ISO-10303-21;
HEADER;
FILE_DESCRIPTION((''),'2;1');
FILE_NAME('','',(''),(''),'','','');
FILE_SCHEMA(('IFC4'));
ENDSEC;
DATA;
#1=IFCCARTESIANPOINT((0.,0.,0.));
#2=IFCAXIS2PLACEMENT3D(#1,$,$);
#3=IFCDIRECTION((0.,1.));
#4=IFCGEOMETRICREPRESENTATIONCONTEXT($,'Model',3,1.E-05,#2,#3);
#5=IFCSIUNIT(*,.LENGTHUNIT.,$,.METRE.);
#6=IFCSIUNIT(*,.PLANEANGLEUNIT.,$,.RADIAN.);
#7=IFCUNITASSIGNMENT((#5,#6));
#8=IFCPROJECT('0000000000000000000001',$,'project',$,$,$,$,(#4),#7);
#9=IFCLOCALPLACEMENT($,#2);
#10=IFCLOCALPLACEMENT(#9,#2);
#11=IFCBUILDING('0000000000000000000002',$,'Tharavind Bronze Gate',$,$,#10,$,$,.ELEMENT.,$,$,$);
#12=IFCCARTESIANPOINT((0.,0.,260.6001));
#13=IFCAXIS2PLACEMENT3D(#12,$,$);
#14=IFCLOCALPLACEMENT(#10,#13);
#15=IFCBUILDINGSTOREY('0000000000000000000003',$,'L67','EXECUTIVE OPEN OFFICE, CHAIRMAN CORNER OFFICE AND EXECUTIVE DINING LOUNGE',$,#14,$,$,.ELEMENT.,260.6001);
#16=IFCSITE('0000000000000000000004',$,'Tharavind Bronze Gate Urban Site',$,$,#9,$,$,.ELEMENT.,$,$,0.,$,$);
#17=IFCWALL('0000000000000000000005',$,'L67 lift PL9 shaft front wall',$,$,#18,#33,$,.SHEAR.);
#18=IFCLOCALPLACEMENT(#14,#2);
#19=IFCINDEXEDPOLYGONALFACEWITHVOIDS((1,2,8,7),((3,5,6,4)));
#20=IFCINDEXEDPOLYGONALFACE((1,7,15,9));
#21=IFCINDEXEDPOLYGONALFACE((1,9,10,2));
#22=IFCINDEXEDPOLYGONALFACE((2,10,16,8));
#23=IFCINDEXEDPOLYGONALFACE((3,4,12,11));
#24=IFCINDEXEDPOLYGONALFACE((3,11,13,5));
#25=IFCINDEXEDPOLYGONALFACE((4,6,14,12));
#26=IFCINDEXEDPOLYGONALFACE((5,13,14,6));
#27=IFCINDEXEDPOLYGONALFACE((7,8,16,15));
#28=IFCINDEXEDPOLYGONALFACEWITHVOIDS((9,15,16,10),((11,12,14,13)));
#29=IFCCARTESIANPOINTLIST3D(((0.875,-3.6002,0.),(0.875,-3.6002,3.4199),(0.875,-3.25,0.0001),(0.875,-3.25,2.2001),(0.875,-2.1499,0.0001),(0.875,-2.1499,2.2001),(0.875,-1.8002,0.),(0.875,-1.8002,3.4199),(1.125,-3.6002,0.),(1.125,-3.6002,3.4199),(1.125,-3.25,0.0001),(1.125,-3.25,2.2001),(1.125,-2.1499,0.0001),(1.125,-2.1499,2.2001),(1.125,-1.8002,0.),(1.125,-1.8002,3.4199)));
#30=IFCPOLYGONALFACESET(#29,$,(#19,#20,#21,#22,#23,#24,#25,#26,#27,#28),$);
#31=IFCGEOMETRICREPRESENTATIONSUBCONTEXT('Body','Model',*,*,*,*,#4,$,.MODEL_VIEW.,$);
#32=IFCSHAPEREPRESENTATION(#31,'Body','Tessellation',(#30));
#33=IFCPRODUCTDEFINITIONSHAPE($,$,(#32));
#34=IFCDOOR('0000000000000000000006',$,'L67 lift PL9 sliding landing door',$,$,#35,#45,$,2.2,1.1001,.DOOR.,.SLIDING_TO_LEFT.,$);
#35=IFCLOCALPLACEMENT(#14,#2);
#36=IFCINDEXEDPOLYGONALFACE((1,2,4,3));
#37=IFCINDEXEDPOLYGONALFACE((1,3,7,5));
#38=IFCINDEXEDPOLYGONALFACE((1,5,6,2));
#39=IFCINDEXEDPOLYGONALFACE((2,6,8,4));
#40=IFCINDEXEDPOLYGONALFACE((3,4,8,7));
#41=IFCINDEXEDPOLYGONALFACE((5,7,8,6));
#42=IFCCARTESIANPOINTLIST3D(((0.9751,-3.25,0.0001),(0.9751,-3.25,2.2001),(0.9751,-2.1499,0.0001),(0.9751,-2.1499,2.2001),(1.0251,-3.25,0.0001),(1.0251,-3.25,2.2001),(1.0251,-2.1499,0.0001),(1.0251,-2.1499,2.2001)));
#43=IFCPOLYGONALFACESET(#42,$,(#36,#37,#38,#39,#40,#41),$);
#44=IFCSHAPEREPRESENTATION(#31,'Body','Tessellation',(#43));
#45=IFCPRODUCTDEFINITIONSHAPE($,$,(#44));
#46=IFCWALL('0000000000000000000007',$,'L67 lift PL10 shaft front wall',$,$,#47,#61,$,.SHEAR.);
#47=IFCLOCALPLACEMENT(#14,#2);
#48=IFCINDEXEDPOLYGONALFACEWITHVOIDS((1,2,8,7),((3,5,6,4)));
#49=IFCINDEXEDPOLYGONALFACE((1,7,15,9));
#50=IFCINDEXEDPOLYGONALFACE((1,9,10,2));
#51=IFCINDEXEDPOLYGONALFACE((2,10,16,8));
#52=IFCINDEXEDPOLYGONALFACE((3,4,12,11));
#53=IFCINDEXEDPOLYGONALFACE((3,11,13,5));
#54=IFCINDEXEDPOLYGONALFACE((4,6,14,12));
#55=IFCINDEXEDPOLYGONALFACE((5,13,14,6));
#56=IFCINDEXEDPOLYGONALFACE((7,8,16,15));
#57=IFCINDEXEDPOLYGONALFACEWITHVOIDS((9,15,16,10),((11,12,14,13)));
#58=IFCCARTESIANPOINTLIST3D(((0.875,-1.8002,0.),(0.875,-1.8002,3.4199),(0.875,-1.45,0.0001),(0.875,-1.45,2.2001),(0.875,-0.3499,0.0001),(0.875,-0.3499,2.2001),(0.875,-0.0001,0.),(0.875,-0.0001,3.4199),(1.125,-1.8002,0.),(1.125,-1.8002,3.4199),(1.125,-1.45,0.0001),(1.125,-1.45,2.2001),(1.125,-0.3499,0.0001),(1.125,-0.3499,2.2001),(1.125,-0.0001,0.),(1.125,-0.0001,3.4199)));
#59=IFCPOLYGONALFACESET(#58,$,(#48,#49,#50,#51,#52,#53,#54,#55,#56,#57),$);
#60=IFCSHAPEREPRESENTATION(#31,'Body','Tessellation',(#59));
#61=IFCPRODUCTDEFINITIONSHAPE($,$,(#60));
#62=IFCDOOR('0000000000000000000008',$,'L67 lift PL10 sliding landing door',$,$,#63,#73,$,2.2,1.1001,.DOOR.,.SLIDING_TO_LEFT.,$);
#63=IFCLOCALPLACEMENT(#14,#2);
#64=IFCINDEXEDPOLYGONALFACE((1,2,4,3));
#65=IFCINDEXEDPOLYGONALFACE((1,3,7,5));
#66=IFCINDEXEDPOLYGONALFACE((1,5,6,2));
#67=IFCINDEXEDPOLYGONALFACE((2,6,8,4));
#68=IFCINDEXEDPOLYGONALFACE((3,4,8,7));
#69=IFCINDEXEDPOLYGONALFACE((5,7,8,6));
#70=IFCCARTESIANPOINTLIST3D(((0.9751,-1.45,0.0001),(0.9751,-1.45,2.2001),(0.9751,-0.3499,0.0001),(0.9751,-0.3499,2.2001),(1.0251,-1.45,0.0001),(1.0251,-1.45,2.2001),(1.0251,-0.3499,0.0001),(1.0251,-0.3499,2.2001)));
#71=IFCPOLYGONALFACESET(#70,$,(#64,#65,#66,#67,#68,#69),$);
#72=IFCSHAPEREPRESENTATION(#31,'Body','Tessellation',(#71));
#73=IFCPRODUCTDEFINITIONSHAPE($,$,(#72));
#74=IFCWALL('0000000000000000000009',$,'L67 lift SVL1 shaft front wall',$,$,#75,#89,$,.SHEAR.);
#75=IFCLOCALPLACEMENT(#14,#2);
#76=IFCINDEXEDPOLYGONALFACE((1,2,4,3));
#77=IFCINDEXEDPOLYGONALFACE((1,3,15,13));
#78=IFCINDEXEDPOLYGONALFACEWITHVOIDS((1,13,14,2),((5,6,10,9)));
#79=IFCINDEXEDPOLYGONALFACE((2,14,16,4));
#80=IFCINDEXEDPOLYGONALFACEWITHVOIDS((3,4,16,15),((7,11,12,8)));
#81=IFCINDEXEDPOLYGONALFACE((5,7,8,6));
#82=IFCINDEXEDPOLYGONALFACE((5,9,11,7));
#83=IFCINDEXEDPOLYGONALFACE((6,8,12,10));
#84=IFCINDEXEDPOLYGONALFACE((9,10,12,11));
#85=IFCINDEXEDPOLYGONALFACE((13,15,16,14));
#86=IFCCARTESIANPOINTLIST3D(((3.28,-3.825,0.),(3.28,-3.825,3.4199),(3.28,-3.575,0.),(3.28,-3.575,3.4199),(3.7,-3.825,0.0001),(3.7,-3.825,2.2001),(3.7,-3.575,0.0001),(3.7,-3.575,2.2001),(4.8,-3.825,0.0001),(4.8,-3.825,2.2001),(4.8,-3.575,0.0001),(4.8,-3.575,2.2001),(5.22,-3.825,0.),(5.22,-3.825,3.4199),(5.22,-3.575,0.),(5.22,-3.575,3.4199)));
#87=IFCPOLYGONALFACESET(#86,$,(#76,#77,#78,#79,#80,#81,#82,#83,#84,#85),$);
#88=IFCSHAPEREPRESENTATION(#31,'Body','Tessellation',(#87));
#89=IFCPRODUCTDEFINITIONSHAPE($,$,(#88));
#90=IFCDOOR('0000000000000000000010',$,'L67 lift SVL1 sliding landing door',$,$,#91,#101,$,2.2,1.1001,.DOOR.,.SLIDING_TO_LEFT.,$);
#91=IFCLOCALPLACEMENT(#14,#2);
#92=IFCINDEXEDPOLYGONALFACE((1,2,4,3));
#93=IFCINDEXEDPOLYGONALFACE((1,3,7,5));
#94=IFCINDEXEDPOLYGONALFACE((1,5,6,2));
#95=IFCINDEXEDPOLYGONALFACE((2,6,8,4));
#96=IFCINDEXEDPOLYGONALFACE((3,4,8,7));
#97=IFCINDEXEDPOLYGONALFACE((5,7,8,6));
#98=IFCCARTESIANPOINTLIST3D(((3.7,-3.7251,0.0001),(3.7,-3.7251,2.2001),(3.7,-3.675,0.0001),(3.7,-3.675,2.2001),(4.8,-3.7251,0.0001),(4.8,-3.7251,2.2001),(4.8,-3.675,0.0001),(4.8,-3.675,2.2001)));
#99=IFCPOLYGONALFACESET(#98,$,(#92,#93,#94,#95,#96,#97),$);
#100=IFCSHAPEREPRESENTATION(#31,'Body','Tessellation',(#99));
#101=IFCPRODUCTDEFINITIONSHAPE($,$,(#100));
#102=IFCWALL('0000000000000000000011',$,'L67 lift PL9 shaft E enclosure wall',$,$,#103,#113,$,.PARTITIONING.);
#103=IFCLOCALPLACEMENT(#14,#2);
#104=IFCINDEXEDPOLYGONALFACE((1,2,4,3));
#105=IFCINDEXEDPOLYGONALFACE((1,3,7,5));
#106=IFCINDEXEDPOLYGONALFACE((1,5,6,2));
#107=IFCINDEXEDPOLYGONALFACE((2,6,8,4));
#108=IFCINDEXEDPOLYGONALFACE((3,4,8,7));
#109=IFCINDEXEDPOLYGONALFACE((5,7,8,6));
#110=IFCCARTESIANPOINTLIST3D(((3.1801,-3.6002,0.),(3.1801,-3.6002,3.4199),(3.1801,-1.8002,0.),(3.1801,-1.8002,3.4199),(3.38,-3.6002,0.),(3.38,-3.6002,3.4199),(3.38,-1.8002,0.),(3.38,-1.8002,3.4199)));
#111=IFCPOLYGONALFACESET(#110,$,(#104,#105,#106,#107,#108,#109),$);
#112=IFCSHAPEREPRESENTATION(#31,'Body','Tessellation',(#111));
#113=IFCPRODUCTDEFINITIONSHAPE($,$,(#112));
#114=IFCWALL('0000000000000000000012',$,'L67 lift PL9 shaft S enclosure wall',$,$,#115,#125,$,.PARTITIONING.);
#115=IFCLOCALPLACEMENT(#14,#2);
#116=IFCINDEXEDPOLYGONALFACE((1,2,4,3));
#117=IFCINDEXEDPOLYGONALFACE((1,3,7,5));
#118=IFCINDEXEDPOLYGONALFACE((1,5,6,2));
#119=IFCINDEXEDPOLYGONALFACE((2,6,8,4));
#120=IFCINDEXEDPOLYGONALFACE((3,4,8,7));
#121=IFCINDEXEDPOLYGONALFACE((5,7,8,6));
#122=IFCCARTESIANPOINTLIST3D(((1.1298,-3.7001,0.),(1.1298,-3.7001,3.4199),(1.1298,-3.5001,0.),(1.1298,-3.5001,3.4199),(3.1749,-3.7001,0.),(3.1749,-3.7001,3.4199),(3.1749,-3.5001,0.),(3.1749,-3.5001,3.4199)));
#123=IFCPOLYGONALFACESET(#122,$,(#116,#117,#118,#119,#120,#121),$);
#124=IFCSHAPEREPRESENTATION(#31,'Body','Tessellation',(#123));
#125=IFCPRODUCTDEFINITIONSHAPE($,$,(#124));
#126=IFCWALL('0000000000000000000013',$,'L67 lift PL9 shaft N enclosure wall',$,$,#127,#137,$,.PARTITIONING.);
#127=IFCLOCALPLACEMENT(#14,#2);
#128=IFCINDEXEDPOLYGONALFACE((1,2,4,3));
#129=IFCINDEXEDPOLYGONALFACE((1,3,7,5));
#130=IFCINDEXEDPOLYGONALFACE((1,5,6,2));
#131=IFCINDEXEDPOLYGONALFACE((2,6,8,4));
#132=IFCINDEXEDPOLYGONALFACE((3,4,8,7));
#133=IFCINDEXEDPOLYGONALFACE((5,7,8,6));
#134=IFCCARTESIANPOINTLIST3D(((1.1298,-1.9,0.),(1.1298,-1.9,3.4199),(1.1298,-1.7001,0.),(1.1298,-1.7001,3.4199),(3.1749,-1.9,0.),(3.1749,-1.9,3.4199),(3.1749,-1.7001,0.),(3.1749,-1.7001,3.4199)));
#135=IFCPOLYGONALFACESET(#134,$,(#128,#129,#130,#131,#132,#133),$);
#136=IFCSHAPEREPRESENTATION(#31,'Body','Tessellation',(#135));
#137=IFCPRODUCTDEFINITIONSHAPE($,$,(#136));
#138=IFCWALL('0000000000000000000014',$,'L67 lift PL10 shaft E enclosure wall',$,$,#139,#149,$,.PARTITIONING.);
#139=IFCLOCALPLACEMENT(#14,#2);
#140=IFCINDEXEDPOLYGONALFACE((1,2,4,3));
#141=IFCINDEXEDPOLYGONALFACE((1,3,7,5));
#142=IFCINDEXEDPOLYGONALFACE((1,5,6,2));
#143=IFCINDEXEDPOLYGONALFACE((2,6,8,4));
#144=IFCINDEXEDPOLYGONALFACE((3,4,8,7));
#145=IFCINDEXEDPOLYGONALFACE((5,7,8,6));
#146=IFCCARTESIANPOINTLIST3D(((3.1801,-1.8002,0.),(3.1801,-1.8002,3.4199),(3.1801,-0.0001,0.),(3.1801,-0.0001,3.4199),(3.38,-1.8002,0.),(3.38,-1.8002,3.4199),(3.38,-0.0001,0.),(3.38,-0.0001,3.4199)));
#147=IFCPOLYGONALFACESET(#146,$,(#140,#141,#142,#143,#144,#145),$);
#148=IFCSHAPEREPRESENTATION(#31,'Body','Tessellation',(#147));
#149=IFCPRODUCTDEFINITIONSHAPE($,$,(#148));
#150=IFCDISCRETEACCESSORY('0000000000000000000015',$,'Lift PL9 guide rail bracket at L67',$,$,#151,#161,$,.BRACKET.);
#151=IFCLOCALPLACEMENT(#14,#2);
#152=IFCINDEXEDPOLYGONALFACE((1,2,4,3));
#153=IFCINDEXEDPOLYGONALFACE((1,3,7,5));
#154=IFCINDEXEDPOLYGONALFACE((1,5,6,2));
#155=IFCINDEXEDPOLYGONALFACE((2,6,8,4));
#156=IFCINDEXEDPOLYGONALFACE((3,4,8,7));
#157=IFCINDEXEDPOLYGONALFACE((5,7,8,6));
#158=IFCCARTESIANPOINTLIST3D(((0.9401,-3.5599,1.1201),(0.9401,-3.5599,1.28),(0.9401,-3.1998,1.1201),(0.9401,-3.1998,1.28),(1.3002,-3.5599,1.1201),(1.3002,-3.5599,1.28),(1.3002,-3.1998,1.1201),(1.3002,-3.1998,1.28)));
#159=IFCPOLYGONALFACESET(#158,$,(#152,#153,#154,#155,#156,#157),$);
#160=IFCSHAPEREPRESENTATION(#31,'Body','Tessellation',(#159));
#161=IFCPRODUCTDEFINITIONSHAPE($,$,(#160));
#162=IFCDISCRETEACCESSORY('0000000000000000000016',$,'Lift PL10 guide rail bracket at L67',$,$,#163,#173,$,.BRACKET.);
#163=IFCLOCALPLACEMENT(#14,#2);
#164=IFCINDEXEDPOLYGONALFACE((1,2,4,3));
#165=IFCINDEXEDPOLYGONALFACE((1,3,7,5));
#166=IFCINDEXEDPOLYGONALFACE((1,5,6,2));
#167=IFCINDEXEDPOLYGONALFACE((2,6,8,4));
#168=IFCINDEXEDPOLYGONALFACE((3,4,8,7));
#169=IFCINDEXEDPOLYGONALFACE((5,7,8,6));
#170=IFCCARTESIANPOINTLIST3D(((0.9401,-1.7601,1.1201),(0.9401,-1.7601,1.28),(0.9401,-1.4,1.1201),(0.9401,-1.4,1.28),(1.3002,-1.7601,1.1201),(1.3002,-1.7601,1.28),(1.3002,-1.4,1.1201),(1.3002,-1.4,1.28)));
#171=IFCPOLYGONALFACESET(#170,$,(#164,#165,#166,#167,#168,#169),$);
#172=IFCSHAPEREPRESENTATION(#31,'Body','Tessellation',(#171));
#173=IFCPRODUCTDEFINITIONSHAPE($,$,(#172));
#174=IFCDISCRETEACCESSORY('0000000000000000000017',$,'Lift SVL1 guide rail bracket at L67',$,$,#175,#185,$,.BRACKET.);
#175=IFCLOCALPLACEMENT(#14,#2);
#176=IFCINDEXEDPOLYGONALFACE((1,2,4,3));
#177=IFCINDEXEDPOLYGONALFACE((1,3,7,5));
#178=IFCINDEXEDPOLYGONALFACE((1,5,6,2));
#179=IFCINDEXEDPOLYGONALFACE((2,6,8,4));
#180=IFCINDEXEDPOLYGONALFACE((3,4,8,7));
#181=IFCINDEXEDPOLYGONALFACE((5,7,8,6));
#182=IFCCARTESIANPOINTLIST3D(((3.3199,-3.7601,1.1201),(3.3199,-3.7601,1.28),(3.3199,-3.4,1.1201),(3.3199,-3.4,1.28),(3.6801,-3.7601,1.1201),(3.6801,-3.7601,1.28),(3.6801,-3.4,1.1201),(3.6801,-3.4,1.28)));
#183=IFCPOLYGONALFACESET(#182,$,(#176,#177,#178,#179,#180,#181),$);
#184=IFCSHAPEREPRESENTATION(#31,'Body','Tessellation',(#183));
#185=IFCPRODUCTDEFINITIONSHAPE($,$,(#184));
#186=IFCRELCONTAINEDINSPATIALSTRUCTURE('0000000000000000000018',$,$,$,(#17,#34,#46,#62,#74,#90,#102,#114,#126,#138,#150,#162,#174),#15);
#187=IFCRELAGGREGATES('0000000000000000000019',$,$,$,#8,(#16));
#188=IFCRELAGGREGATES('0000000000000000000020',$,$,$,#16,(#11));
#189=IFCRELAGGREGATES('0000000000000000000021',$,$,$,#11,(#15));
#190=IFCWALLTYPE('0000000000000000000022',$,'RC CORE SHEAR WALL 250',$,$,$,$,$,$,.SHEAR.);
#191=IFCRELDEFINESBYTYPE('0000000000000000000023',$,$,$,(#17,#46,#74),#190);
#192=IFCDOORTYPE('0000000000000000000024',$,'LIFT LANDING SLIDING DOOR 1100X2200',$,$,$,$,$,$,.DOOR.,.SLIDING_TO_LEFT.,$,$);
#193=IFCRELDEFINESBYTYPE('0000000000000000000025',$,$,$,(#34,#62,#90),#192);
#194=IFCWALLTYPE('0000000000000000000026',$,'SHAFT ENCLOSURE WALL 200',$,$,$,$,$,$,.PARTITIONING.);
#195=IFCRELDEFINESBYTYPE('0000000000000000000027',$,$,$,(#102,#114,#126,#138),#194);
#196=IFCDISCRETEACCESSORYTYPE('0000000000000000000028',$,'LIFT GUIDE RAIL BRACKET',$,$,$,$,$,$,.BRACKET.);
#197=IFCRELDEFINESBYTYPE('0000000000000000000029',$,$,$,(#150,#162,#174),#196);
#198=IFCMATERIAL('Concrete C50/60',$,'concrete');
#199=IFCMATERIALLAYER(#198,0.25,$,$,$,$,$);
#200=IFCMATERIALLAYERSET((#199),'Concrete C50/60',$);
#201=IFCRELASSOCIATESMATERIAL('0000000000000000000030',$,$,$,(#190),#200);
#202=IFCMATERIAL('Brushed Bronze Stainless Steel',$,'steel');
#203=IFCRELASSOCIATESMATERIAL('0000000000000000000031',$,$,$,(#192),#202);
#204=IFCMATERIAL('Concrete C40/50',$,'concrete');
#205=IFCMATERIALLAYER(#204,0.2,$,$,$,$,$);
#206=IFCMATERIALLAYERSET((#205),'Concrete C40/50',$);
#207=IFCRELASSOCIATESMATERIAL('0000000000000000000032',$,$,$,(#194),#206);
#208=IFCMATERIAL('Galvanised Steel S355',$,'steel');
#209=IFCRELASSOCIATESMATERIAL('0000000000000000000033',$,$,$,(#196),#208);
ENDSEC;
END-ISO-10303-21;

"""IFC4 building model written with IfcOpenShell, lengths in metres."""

from ifc_helpers import new_model, si_unit, direction, frame, frame_2d, origin, origin_2d, place, context, subcontext, project, spatial, rectangle, extrude, material, layer, layer_set, type_object, element, fill, save


model = new_model("IFC4")

# Units and contexts
model_context = context("Model", 3, precision=1e-05, world=origin(), true_north=direction((0.0, 1.0)))
body_context = subcontext(model_context, "Body", "Model", "MODEL_VIEW")
ifc_project = project(units=[si_unit("LENGTHUNIT", "METRE"), si_unit("PLANEANGLEUNIT", "RADIAN")], contexts=[model_context])

# Site, building, storey
site_placement = place(None, origin())
site = spatial("IfcSite", under=ifc_project, at=site_placement, Name="Tharavind Bronze Gate Urban Site", CompositionType="ELEMENT", RefElevation=0.0)
building_placement = place(site_placement, origin())
building = spatial("IfcBuilding", under=site, at=building_placement, Name="Tharavind Bronze Gate", CompositionType="ELEMENT")
storey_placement = place(building_placement, frame((0.0, 0.0, 260.6001)))
storey = spatial("IfcBuildingStorey", under=building, at=storey_placement, Name="L67", Description="EXECUTIVE OPEN OFFICE, CHAIRMAN CORNER OFFICE AND EXECUTIVE DINING LOUNGE", CompositionType="ELEMENT", Elevation=260.6001)

# Shared definitions
ifc_material_1 = material(Name="Concrete C50/60", Category="concrete")

# Shared definitions
ifc_layer_1 = layer(ifc_material_1, 0.25)
ifc_layer_set_1 = layer_set([ifc_layer_1], Name="Concrete C50/60")
wall_type_1 = type_object("IfcWallType", Name="RC CORE SHEAR WALL 250", PredefinedType="SHEAR", material=ifc_layer_set_1)

# Walls, openings, doors
wall_1_placement = place(storey_placement, frame((1.0, -3.6001, 0.0), z_axis=(0.0, 0.0, 1.0), x_axis=(0.0, 1.0, 0.0)))
wall_1 = element("IfcWall", 1, at=wall_1_placement, inside=storey, type_object=wall_type_1, Name="L67 lift PL9 shaft front wall", PredefinedType="SHEAR", context=body_context, shape_type="SweptSolid", body=[
    extrude(rectangle(XDim=1.8, YDim=0.25, at=frame_2d((0.8999, 0.0))), origin(), (0.0, 0.0, 1.0), 3.4199),
])
opening_1_placement = place(wall_1_placement, frame((0.3501, 0.0, 0.0)))
opening_1 = element("IfcOpeningElement", 2, at=opening_1_placement, cuts=wall_1, PredefinedType="OPENING", context=body_context, shape_type="SweptSolid", body=[
    extrude(rectangle(XDim=1.1001, YDim=2.2, at=frame_2d((0.55, 1.1001))), frame((0.0, 0.135, 0.0), z_axis=(0.0, -1.0, 0.0), x_axis=(1.0, 0.0, 0.0)), (0.0, 0.0, 1.0), 0.27),
])
ifc_material_2 = material(Name="Brushed Bronze Stainless Steel", Category="steel")
door_type = type_object("IfcDoorType", Name="LIFT LANDING SLIDING DOOR 1100X2200", OperationType="SLIDING_TO_LEFT", PredefinedType="DOOR", material=ifc_material_2)
door_1_placement = place(opening_1_placement, origin())
door_1 = element("IfcDoor", 3, at=door_1_placement, inside=storey, type_object=door_type, Name="L67 lift PL9 sliding landing door", OperationType="SLIDING_TO_LEFT", OverallHeight=2.2, OverallWidth=1.1001, PredefinedType="DOOR", context=body_context, shape_type="SweptSolid", body=[
    extrude(rectangle(XDim=1.1001, YDim=2.2, at=frame_2d((0.55, 1.1001))), frame((0.0, 0.0249, 0.0), z_axis=(0.0, -1.0, 0.0), x_axis=(1.0, 0.0, 0.0)), (0.0, 0.0, 1.0), 0.05),
])
fill(opening_1, door_1)
wall_2_placement = place(storey_placement, frame((1.0, -1.8, 0.0), z_axis=(0.0, 0.0, 1.0), x_axis=(0.0, 1.0, 0.0)))
wall_2 = element("IfcWall", 4, at=wall_2_placement, inside=storey, type_object=wall_type_1, Name="L67 lift PL10 shaft front wall", PredefinedType="SHEAR", context=body_context, shape_type="SweptSolid", body=[
    extrude(rectangle(XDim=1.8, YDim=0.25, at=frame_2d((0.8999, 0.0))), origin(), (0.0, 0.0, 1.0), 3.4199),
])
opening_2_placement = place(wall_2_placement, frame((0.3501, 0.0, 0.0)))
opening_2 = element("IfcOpeningElement", 5, at=opening_2_placement, cuts=wall_2, PredefinedType="OPENING", context=body_context, shape_type="SweptSolid", body=[
    extrude(rectangle(XDim=1.1001, YDim=2.2, at=frame_2d((0.55, 1.1001))), frame((0.0, 0.135, 0.0), z_axis=(0.0, -1.0, 0.0), x_axis=(1.0, 0.0, 0.0)), (0.0, 0.0, 1.0), 0.27),
])
door_2_placement = place(opening_2_placement, origin())
door_2 = element("IfcDoor", 6, at=door_2_placement, inside=storey, type_object=door_type, Name="L67 lift PL10 sliding landing door", OperationType="SLIDING_TO_LEFT", OverallHeight=2.2, OverallWidth=1.1001, PredefinedType="DOOR", context=body_context, shape_type="SweptSolid", body=[
    extrude(rectangle(XDim=1.1001, YDim=2.2, at=frame_2d((0.55, 1.1001))), frame((0.0, 0.0249, 0.0), z_axis=(0.0, -1.0, 0.0), x_axis=(1.0, 0.0, 0.0)), (0.0, 0.0, 1.0), 0.05),
])
fill(opening_2, door_2)
wall_3_placement = place(storey_placement, frame((3.28, -3.7, 0.0), z_axis=(0.0, 0.0, 1.0), x_axis=(1.0, 0.0, 0.0)))
wall_3 = element("IfcWall", 7, at=wall_3_placement, inside=storey, type_object=wall_type_1, Name="L67 lift SVL1 shaft front wall", PredefinedType="SHEAR", context=body_context, shape_type="SweptSolid", body=[
    extrude(rectangle(XDim=1.9399, YDim=0.25, at=frame_2d((0.97, 0.0))), origin(), (0.0, 0.0, 1.0), 3.4199),
])
opening_3_placement = place(wall_3_placement, frame((0.4199, 0.0, 0.0)))
opening_3 = element("IfcOpeningElement", 8, at=opening_3_placement, cuts=wall_3, PredefinedType="OPENING", context=body_context, shape_type="SweptSolid", body=[
    extrude(rectangle(XDim=1.1001, YDim=2.2, at=frame_2d((0.55, 1.1001))), frame((0.0, 0.135, 0.0), z_axis=(0.0, -1.0, 0.0), x_axis=(1.0, 0.0, 0.0)), (0.0, 0.0, 1.0), 0.27),
])
door_3_placement = place(opening_3_placement, origin())
door_3 = element("IfcDoor", 9, at=door_3_placement, inside=storey, type_object=door_type, Name="L67 lift SVL1 sliding landing door", OperationType="SLIDING_TO_LEFT", OverallHeight=2.2, OverallWidth=1.1001, PredefinedType="DOOR", context=body_context, shape_type="SweptSolid", body=[
    extrude(rectangle(XDim=1.1001, YDim=2.2, at=frame_2d((0.55, 1.1001))), frame((0.0, 0.0249, 0.0), z_axis=(0.0, -1.0, 0.0), x_axis=(1.0, 0.0, 0.0)), (0.0, 0.0, 1.0), 0.05),
])
fill(opening_3, door_3)

# Walls
ifc_material_3 = material(Name="Concrete C40/50", Category="concrete")
ifc_layer_2 = layer(ifc_material_3, 0.2)
ifc_layer_set_2 = layer_set([ifc_layer_2], Name="Concrete C40/50")
wall_type_2 = type_object("IfcWallType", Name="SHAFT ENCLOSURE WALL 200", PredefinedType="PARTITIONING", material=ifc_layer_set_2)
wall_4_placement = place(storey_placement, frame((3.28, -3.6001, 0.0), z_axis=(0.0, 0.0, 1.0), x_axis=(0.0, 1.0, 0.0)))
element("IfcWall", 10, at=wall_4_placement, inside=storey, type_object=wall_type_2, Name="L67 lift PL9 shaft E enclosure wall", PredefinedType="PARTITIONING", context=body_context, shape_type="SweptSolid", body=[
    extrude(rectangle(XDim=1.8, YDim=0.2, at=frame_2d((0.8999, 0.0))), origin(), (0.0, 0.0, 1.0), 3.4199),
])
for number, where, z_axis, x_axis, name in (
    (11, (1.1299, -3.6001, 0.0), (0.0, 0.0, 1.0), (1.0, 0.0, 0.0), "L67 lift PL9 shaft S enclosure wall"),
    (12, (1.1299, -1.8, 0.0), (0.0, 0.0, 1.0), (1.0, 0.0, 0.0), "L67 lift PL9 shaft N enclosure wall"),
):
    element("IfcWall", number, at=place(storey_placement, frame(where, z_axis=z_axis, x_axis=x_axis)), inside=storey, type_object=wall_type_2, Name=name, PredefinedType="PARTITIONING", context=body_context, shape_type="SweptSolid", body=[
        extrude(rectangle(XDim=2.0452, YDim=0.2, at=frame_2d((1.0225, 0.0))), origin(), (0.0, 0.0, 1.0), 3.4199),
    ])
wall_5_placement = place(storey_placement, frame((3.28, -1.8, 0.0), z_axis=(0.0, 0.0, 1.0), x_axis=(0.0, 1.0, 0.0)))
element("IfcWall", 13, at=wall_5_placement, inside=storey, type_object=wall_type_2, Name="L67 lift PL10 shaft E enclosure wall", PredefinedType="PARTITIONING", context=body_context, shape_type="SweptSolid", body=[
    extrude(rectangle(XDim=1.8, YDim=0.2, at=frame_2d((0.8999, 0.0))), origin(), (0.0, 0.0, 1.0), 3.4199),
])

# Discrete accessories
ifc_material_4 = material(Name="Galvanised Steel S355", Category="steel")
discrete_accessory_type = type_object("IfcDiscreteAccessoryType", Name="LIFT GUIDE RAIL BRACKET", PredefinedType="BRACKET", material=ifc_material_4)
for number, where, z_axis, x_axis, name in (
    (14, (1.1201, -3.3799, 1.1201), (0.0, 0.0, 1.0), (1.0, 0.0, 0.0), "Lift PL9 guide rail bracket at L67"),
    (15, (1.1201, -1.5801, 1.1201), (0.0, 0.0, 1.0), (1.0, 0.0, 0.0), "Lift PL10 guide rail bracket at L67"),
    (16, (3.5, -3.5801, 1.1201), (0.0, 0.0, 1.0), (1.0, 0.0, 0.0), "Lift SVL1 guide rail bracket at L67"),
):
    element("IfcDiscreteAccessory", number, at=place(storey_placement, frame(where, z_axis=z_axis, x_axis=x_axis)), inside=storey, type_object=discrete_accessory_type, Name=name, PredefinedType="BRACKET", context=body_context, shape_type="SweptSolid", body=[
        extrude(rectangle(XDim=0.3601, YDim=0.3601, at=origin_2d()), origin(), (0.0, 0.0, 1.0), 0.1599),
    ])

save(model, "model.ifc")
